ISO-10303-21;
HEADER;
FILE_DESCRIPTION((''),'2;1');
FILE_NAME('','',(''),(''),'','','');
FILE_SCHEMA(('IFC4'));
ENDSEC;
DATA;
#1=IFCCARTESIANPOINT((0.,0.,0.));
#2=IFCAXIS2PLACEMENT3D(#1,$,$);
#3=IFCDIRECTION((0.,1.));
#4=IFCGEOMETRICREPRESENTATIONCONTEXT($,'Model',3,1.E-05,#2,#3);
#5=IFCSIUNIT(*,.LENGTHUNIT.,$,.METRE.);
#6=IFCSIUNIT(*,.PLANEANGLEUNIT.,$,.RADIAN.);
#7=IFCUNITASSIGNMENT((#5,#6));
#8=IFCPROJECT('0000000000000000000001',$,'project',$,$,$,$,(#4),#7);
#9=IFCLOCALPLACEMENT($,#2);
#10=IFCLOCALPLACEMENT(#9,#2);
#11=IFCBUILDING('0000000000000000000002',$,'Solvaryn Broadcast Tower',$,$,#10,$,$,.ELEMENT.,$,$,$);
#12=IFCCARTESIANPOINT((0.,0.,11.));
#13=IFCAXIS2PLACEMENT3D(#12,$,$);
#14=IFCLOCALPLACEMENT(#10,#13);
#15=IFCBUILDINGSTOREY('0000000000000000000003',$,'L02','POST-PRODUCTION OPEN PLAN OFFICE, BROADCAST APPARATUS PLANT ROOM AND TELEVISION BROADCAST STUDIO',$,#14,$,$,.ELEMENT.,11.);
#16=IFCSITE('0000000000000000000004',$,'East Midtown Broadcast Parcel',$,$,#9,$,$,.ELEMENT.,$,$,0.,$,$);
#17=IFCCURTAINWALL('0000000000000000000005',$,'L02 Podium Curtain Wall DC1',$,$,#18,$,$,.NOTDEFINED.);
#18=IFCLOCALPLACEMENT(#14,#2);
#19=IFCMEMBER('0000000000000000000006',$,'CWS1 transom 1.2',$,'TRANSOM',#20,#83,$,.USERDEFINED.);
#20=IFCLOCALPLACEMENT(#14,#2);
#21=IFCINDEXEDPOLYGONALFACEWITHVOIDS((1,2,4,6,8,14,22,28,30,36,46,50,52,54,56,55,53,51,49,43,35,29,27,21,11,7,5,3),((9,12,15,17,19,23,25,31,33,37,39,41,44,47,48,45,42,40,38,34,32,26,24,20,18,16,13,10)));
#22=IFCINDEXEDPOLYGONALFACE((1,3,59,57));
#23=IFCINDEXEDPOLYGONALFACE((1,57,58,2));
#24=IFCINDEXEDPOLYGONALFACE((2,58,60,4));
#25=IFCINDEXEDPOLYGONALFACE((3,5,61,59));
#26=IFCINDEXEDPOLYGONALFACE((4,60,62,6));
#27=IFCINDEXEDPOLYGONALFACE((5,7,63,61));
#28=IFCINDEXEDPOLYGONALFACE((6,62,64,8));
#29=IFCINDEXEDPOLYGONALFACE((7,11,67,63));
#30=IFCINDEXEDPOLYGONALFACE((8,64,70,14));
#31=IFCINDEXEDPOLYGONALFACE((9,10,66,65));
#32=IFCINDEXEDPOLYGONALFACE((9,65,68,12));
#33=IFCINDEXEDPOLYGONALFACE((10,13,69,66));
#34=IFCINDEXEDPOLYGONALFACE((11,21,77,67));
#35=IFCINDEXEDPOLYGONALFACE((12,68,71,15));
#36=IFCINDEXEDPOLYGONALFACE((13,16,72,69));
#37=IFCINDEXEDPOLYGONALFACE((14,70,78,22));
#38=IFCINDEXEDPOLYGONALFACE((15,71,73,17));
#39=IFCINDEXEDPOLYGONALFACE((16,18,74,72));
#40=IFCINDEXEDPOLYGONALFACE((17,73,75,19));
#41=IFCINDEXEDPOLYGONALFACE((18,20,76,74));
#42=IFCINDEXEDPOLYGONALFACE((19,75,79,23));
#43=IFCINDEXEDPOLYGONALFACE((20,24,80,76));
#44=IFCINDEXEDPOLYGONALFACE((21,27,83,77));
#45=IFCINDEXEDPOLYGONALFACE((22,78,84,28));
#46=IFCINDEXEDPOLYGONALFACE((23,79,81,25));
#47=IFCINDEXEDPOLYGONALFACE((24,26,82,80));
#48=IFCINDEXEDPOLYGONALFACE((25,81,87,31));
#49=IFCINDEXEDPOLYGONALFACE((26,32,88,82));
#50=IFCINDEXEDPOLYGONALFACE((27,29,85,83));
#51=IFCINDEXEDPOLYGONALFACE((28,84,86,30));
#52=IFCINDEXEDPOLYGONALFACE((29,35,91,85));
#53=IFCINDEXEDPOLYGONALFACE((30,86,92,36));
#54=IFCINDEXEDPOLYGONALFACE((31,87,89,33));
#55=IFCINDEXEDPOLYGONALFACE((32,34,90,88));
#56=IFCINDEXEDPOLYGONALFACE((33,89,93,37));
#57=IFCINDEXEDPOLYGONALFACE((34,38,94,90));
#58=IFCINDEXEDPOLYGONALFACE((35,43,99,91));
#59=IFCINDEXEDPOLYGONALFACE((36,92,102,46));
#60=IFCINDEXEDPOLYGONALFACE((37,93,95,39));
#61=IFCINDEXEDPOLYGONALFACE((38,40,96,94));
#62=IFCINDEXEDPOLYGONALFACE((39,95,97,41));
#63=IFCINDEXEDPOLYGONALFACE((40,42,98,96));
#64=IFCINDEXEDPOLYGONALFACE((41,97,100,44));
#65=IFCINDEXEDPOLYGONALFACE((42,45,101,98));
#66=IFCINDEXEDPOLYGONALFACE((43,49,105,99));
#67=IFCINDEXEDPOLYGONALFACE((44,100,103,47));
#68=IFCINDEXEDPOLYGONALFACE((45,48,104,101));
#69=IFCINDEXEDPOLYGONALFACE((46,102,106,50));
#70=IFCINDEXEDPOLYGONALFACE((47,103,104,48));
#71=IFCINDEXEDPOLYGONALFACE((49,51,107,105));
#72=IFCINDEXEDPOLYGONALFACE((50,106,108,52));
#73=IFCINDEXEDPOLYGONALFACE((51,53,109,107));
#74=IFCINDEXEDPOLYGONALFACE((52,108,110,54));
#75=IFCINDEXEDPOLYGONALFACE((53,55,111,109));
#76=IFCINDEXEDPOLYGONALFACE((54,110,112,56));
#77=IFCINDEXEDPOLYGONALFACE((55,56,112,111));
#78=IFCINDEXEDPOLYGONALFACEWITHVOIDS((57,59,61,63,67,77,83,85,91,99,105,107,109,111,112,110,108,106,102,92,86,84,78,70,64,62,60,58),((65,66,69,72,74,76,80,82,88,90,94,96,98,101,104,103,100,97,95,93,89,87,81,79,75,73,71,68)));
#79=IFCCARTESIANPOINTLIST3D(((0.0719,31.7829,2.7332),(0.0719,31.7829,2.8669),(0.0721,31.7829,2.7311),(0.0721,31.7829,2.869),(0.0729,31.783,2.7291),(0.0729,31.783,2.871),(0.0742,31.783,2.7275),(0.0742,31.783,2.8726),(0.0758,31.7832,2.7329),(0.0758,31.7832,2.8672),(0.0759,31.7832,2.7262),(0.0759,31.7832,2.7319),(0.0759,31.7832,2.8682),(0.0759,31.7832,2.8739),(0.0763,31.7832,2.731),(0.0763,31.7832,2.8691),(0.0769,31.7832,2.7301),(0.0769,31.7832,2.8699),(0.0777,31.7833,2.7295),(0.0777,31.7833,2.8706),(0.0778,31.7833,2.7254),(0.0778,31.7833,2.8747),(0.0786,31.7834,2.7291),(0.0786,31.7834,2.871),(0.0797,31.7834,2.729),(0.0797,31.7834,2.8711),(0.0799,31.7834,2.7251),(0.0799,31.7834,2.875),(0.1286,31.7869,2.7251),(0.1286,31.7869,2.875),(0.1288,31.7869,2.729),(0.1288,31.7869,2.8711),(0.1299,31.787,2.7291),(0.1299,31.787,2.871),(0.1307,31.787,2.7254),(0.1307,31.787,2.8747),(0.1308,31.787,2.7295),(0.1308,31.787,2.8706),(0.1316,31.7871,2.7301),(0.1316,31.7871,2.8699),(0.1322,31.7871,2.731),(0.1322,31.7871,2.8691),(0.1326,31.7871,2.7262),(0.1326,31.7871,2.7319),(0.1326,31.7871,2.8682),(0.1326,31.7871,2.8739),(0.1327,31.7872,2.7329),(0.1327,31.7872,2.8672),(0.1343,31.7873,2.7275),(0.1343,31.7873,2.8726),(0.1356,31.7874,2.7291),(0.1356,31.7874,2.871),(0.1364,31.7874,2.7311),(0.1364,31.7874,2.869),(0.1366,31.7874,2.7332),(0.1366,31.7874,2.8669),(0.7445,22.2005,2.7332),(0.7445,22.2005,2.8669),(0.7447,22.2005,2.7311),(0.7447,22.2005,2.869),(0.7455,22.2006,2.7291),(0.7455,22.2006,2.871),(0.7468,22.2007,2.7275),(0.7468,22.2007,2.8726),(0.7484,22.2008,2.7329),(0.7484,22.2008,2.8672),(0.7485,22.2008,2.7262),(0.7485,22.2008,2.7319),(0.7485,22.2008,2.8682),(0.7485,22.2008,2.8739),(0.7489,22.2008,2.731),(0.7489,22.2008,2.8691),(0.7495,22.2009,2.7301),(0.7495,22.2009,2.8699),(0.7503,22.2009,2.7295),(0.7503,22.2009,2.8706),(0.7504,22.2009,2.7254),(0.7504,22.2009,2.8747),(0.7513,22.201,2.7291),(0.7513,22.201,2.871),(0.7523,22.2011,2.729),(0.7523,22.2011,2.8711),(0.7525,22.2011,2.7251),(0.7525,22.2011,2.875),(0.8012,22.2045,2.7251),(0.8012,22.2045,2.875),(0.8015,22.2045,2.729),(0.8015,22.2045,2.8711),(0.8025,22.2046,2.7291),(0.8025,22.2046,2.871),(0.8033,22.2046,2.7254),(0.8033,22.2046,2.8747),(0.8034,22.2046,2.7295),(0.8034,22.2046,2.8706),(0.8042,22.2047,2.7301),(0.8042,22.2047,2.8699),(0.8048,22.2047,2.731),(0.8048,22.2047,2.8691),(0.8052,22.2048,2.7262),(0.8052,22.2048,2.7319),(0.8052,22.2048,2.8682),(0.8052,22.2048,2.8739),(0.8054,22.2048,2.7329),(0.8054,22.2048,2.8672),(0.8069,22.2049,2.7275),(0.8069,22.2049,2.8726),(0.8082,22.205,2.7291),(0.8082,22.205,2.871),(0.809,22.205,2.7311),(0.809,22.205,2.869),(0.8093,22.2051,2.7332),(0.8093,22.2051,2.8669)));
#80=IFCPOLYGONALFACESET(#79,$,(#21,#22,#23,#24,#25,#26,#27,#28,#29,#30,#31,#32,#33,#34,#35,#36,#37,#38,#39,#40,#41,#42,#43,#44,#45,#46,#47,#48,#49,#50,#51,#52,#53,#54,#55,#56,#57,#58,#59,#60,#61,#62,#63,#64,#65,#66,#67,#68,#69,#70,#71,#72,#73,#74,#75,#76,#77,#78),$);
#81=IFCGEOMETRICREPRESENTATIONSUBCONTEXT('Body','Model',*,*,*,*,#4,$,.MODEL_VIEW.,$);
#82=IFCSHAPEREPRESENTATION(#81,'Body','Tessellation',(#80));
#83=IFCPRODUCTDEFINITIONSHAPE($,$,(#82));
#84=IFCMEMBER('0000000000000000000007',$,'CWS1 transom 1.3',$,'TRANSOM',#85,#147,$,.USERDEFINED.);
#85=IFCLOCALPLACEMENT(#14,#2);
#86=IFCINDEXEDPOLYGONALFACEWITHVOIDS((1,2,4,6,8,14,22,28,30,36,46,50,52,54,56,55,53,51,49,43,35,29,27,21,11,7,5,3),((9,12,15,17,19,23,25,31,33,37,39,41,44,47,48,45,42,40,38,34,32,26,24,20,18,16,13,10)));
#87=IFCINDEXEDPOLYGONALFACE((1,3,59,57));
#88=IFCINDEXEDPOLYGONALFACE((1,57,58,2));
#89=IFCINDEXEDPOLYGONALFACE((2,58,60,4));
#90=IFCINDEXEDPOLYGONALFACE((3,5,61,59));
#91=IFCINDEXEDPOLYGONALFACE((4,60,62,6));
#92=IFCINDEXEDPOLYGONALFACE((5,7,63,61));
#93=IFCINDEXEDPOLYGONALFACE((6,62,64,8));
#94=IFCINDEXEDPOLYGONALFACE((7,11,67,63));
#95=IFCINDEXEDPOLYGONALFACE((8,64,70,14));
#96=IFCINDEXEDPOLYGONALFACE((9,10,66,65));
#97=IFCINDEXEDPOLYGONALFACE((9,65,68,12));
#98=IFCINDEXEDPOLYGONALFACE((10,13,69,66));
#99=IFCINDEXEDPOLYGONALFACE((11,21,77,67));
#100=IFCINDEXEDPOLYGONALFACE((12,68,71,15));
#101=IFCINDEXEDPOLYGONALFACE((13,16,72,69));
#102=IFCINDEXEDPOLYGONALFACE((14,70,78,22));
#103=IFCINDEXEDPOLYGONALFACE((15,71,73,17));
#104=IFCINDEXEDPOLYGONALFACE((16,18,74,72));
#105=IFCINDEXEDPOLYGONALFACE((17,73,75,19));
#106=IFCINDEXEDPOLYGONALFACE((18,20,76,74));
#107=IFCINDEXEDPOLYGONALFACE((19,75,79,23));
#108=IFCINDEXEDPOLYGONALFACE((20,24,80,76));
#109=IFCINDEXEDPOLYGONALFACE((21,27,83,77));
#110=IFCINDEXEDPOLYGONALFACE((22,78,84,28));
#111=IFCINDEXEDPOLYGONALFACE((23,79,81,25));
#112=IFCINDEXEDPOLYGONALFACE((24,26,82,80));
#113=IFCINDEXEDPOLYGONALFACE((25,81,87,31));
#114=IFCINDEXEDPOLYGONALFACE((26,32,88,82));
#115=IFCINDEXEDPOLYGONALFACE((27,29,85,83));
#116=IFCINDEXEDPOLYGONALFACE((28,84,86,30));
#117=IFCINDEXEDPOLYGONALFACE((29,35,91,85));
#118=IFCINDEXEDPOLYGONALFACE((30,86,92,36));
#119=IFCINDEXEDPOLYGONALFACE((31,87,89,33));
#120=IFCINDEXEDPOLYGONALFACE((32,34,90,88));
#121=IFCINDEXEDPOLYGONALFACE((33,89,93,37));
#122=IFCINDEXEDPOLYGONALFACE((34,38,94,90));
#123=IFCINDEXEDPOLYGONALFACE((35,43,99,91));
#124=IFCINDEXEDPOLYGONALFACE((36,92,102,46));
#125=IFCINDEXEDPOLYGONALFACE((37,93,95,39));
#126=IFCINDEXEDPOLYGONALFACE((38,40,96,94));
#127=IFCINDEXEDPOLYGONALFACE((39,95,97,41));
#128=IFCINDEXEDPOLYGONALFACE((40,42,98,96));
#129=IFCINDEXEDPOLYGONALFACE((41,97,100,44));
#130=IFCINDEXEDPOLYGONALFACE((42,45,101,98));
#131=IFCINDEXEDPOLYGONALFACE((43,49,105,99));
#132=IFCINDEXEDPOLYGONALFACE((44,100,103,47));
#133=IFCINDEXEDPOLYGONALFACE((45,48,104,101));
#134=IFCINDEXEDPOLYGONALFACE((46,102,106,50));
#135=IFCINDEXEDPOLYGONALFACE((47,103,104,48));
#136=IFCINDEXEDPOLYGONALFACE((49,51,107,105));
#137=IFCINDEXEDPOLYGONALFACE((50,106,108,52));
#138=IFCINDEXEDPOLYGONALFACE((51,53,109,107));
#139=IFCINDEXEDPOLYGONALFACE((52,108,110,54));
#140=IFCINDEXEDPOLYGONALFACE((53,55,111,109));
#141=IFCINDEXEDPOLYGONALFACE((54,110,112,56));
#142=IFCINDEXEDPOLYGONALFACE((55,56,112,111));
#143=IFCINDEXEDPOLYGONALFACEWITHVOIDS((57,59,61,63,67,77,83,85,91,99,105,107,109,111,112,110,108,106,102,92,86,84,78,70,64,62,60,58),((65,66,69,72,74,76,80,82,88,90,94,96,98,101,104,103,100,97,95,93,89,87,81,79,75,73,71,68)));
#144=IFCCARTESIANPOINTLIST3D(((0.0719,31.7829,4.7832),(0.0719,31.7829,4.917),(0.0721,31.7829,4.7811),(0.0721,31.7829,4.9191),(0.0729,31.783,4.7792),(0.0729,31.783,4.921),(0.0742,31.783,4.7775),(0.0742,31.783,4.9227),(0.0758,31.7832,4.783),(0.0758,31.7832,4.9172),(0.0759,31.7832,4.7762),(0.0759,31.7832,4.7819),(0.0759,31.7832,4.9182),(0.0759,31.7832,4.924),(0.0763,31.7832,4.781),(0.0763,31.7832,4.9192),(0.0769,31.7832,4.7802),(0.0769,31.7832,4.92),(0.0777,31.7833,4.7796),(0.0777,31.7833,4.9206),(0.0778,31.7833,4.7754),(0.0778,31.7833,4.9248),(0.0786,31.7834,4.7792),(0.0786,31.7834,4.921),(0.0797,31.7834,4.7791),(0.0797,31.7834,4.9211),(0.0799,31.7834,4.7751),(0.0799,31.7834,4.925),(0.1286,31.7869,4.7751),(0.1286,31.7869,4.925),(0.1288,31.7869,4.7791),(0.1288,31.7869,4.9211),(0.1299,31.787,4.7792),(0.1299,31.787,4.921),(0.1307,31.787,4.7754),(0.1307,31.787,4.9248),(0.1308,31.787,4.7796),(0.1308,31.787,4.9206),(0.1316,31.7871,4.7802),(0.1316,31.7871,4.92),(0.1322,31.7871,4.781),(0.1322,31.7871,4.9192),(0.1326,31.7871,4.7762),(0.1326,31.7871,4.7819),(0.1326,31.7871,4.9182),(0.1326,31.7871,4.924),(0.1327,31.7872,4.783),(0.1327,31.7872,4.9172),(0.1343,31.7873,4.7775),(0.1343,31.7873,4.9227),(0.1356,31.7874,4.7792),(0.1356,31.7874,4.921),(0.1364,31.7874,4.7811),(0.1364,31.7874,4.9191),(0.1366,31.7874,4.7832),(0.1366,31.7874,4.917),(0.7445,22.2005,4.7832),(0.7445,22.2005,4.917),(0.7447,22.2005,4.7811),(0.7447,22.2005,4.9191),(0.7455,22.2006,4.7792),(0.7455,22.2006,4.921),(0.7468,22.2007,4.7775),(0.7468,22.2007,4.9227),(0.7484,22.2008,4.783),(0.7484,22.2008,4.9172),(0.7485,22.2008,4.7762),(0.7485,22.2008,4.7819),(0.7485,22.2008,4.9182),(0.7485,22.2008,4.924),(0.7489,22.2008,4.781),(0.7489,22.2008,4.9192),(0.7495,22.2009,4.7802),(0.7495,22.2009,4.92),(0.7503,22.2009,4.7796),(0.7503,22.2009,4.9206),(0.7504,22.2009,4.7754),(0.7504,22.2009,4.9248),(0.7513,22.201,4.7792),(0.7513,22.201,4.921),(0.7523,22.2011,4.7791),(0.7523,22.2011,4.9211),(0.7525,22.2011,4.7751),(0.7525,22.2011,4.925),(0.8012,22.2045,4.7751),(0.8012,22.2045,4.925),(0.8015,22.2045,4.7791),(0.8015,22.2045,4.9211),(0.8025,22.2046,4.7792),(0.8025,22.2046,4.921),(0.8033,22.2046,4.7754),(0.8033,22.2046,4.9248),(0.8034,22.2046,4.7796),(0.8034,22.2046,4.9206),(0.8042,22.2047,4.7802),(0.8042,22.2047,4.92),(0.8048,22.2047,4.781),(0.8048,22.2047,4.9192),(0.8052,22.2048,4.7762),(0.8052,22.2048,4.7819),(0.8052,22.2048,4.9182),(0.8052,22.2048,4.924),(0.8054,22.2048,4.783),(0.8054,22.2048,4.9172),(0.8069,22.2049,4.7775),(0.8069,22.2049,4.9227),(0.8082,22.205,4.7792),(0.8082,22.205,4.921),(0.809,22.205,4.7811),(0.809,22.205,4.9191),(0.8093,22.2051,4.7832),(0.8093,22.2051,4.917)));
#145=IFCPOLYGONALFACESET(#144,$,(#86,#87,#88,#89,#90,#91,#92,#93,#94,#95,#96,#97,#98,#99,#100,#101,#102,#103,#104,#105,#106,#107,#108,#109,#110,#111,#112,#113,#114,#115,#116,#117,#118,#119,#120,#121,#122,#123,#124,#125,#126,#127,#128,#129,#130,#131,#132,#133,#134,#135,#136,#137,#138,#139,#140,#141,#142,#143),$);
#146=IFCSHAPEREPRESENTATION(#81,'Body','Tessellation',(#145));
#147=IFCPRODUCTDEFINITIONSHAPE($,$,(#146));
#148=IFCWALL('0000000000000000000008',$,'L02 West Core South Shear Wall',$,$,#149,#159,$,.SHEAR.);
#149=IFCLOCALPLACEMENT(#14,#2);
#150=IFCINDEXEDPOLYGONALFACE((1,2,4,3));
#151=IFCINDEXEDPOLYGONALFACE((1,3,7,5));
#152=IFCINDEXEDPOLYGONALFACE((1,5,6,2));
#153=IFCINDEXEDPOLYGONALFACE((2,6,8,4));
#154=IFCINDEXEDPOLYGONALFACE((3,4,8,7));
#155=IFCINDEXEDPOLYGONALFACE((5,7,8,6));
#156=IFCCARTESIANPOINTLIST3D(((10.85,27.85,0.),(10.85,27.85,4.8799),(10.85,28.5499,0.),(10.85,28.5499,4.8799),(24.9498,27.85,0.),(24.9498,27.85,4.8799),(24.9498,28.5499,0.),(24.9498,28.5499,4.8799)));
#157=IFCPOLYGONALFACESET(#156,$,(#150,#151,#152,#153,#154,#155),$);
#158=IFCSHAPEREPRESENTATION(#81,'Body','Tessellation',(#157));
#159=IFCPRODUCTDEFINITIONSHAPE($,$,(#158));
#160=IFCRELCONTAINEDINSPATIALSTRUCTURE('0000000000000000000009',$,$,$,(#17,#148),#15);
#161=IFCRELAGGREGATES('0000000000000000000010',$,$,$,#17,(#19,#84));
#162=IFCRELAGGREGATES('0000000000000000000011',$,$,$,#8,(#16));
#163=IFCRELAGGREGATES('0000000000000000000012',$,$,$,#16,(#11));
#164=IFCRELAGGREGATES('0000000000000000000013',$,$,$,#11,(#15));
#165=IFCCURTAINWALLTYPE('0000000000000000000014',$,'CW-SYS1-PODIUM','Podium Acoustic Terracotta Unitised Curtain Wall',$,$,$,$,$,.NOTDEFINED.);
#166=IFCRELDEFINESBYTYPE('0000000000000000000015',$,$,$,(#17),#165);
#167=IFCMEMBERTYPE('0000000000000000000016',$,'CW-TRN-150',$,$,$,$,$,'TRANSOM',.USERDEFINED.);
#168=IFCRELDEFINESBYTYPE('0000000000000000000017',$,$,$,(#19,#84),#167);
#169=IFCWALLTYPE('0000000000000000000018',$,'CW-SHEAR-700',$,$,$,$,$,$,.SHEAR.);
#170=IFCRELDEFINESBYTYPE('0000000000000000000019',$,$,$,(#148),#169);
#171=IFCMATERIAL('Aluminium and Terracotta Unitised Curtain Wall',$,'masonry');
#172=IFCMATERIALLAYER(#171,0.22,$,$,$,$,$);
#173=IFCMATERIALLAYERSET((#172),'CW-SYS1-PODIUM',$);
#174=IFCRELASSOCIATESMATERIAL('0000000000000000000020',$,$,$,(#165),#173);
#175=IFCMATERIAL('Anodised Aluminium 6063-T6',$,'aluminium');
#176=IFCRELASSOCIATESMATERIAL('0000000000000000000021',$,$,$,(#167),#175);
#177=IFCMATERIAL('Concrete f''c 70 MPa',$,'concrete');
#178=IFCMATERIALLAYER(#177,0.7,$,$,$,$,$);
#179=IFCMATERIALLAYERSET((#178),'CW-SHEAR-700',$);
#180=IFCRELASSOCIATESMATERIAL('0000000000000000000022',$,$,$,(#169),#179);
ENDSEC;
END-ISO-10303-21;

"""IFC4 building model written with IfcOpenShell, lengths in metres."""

from ifc_helpers import new_model, si_unit, direction, frame, frame_2d, origin, origin_2d, place, context, subcontext, project, spatial, rectangle, hollow_rectangle, extrude, material, layer, layer_set, material_profile, profile_set, type_object, element, aggregate, save


model = new_model("IFC4")

# Units and contexts
model_context = context("Model", 3, precision=1e-05, world=origin(), true_north=direction((0.0, 1.0)))
body_context = subcontext(model_context, "Body", "Model", "MODEL_VIEW")
ifc_project = project(units=[si_unit("LENGTHUNIT", "METRE"), si_unit("PLANEANGLEUNIT", "RADIAN")], contexts=[model_context])

# Site, building, storey
site_placement = place(None, origin())
site = spatial("IfcSite", under=ifc_project, at=site_placement, Name="East Midtown Broadcast Parcel", CompositionType="ELEMENT", RefElevation=0.0)
building_placement = place(site_placement, origin())
building = spatial("IfcBuilding", under=site, at=building_placement, Name="Solvaryn Broadcast Tower", CompositionType="ELEMENT")
storey_placement = place(building_placement, frame((0.0, 0.0, 11.0)))
storey = spatial("IfcBuildingStorey", under=building, at=storey_placement, Name="L02", Description="POST-PRODUCTION OPEN PLAN OFFICE, BROADCAST APPARATUS PLANT ROOM AND TELEVISION BROADCAST STUDIO", CompositionType="ELEMENT", Elevation=11.0)

# Curtain wall, members
ifc_material_1 = material(Name="Aluminium and Terracotta Unitised Curtain Wall", Category="masonry")
ifc_layer_1 = layer(ifc_material_1, 0.22)
ifc_layer_set_1 = layer_set([ifc_layer_1], Name="CW-SYS1-PODIUM")
curtain_wall_type = type_object("IfcCurtainWallType", Name="CW-SYS1-PODIUM", Description="Podium Acoustic Terracotta Unitised Curtain Wall", PredefinedType="NOTDEFINED", material=ifc_layer_set_1)
curtain_wall_placement = place(storey_placement, origin())
curtain_wall = element("IfcCurtainWall", 1, at=curtain_wall_placement, inside=storey, type_object=curtain_wall_type, Name="L02 Podium Curtain Wall DC1", PredefinedType="NOTDEFINED")
ifc_material_2 = material(Name="Anodised Aluminium 6063-T6", Category="aluminium")
ifc_material_profile_1 = material_profile(ifc_material_2, hollow_rectangle(XDim=0.0649, YDim=0.1499, WallThickness=0.0039, InnerFilletRadius=0.0039, OuterFilletRadius=0.0081, at=origin_2d()))
ifc_profile_set_1 = profile_set([ifc_material_profile_1], Name="Anodised Aluminium 6063-T6")
member_type_1 = type_object("IfcMemberType", Name="CW-TRN-150", ElementType="TRANSOM", PredefinedType="USERDEFINED", material=ifc_profile_set_1)
member_1_placement = place(storey_placement, frame((0.1042, 31.7852, 2.8), z_axis=(0.070021, -0.997546, 0.0), x_axis=(0.997546, 0.070021, 0.0)))
member_1 = element("IfcMember", 2, at=member_1_placement, type_object=member_type_1, Name="CWS1 transom 1.2", ObjectType="TRANSOM", PredefinedType="USERDEFINED", context=body_context, shape_type="SweptSolid", body=[
    extrude(hollow_rectangle(XDim=0.0649, YDim=0.1499, WallThickness=0.0039, InnerFilletRadius=0.0039, OuterFilletRadius=0.0081, at=origin_2d()), origin(), (0.0, 0.0, 1.0), 9.606),
])
member_2_placement = place(storey_placement, frame((0.1042, 31.7852, 4.8501), z_axis=(0.070021, -0.997546, 0.0), x_axis=(0.997546, 0.070021, 0.0)))
member_2 = element("IfcMember", 3, at=member_2_placement, type_object=member_type_1, Name="CWS1 transom 1.3", ObjectType="TRANSOM", PredefinedType="USERDEFINED", context=body_context, shape_type="SweptSolid", body=[
    extrude(hollow_rectangle(XDim=0.0649, YDim=0.1499, WallThickness=0.0039, InnerFilletRadius=0.0039, OuterFilletRadius=0.0081, at=origin_2d()), origin(), (0.0, 0.0, 1.0), 9.606),
])
aggregate(curtain_wall, [member_1, member_2])

# Wall
ifc_material_3 = material(Name="Concrete f'c 70 MPa", Category="concrete")
ifc_layer_2 = layer(ifc_material_3, 0.7)
ifc_layer_set_2 = layer_set([ifc_layer_2], Name="CW-SHEAR-700")
wall_type_1 = type_object("IfcWallType", Name="CW-SHEAR-700", PredefinedType="SHEAR", material=ifc_layer_set_2)
wall_1_placement = place(storey_placement, frame((10.8501, 28.2, 0.0), z_axis=(0.0, 0.0, 1.0), x_axis=(1.0, 0.0, 0.0)))
element("IfcWall", 4, at=wall_1_placement, inside=storey, type_object=wall_type_1, Name="L02 West Core South Shear Wall", PredefinedType="SHEAR", context=body_context, shape_type="SweptSolid", body=[
    extrude(rectangle(XDim=14.0999, YDim=0.7, at=frame_2d((7.0498, 0.0))), origin(), (0.0, 0.0, 1.0), 4.8799),
])

save(model, "model.ifc")
